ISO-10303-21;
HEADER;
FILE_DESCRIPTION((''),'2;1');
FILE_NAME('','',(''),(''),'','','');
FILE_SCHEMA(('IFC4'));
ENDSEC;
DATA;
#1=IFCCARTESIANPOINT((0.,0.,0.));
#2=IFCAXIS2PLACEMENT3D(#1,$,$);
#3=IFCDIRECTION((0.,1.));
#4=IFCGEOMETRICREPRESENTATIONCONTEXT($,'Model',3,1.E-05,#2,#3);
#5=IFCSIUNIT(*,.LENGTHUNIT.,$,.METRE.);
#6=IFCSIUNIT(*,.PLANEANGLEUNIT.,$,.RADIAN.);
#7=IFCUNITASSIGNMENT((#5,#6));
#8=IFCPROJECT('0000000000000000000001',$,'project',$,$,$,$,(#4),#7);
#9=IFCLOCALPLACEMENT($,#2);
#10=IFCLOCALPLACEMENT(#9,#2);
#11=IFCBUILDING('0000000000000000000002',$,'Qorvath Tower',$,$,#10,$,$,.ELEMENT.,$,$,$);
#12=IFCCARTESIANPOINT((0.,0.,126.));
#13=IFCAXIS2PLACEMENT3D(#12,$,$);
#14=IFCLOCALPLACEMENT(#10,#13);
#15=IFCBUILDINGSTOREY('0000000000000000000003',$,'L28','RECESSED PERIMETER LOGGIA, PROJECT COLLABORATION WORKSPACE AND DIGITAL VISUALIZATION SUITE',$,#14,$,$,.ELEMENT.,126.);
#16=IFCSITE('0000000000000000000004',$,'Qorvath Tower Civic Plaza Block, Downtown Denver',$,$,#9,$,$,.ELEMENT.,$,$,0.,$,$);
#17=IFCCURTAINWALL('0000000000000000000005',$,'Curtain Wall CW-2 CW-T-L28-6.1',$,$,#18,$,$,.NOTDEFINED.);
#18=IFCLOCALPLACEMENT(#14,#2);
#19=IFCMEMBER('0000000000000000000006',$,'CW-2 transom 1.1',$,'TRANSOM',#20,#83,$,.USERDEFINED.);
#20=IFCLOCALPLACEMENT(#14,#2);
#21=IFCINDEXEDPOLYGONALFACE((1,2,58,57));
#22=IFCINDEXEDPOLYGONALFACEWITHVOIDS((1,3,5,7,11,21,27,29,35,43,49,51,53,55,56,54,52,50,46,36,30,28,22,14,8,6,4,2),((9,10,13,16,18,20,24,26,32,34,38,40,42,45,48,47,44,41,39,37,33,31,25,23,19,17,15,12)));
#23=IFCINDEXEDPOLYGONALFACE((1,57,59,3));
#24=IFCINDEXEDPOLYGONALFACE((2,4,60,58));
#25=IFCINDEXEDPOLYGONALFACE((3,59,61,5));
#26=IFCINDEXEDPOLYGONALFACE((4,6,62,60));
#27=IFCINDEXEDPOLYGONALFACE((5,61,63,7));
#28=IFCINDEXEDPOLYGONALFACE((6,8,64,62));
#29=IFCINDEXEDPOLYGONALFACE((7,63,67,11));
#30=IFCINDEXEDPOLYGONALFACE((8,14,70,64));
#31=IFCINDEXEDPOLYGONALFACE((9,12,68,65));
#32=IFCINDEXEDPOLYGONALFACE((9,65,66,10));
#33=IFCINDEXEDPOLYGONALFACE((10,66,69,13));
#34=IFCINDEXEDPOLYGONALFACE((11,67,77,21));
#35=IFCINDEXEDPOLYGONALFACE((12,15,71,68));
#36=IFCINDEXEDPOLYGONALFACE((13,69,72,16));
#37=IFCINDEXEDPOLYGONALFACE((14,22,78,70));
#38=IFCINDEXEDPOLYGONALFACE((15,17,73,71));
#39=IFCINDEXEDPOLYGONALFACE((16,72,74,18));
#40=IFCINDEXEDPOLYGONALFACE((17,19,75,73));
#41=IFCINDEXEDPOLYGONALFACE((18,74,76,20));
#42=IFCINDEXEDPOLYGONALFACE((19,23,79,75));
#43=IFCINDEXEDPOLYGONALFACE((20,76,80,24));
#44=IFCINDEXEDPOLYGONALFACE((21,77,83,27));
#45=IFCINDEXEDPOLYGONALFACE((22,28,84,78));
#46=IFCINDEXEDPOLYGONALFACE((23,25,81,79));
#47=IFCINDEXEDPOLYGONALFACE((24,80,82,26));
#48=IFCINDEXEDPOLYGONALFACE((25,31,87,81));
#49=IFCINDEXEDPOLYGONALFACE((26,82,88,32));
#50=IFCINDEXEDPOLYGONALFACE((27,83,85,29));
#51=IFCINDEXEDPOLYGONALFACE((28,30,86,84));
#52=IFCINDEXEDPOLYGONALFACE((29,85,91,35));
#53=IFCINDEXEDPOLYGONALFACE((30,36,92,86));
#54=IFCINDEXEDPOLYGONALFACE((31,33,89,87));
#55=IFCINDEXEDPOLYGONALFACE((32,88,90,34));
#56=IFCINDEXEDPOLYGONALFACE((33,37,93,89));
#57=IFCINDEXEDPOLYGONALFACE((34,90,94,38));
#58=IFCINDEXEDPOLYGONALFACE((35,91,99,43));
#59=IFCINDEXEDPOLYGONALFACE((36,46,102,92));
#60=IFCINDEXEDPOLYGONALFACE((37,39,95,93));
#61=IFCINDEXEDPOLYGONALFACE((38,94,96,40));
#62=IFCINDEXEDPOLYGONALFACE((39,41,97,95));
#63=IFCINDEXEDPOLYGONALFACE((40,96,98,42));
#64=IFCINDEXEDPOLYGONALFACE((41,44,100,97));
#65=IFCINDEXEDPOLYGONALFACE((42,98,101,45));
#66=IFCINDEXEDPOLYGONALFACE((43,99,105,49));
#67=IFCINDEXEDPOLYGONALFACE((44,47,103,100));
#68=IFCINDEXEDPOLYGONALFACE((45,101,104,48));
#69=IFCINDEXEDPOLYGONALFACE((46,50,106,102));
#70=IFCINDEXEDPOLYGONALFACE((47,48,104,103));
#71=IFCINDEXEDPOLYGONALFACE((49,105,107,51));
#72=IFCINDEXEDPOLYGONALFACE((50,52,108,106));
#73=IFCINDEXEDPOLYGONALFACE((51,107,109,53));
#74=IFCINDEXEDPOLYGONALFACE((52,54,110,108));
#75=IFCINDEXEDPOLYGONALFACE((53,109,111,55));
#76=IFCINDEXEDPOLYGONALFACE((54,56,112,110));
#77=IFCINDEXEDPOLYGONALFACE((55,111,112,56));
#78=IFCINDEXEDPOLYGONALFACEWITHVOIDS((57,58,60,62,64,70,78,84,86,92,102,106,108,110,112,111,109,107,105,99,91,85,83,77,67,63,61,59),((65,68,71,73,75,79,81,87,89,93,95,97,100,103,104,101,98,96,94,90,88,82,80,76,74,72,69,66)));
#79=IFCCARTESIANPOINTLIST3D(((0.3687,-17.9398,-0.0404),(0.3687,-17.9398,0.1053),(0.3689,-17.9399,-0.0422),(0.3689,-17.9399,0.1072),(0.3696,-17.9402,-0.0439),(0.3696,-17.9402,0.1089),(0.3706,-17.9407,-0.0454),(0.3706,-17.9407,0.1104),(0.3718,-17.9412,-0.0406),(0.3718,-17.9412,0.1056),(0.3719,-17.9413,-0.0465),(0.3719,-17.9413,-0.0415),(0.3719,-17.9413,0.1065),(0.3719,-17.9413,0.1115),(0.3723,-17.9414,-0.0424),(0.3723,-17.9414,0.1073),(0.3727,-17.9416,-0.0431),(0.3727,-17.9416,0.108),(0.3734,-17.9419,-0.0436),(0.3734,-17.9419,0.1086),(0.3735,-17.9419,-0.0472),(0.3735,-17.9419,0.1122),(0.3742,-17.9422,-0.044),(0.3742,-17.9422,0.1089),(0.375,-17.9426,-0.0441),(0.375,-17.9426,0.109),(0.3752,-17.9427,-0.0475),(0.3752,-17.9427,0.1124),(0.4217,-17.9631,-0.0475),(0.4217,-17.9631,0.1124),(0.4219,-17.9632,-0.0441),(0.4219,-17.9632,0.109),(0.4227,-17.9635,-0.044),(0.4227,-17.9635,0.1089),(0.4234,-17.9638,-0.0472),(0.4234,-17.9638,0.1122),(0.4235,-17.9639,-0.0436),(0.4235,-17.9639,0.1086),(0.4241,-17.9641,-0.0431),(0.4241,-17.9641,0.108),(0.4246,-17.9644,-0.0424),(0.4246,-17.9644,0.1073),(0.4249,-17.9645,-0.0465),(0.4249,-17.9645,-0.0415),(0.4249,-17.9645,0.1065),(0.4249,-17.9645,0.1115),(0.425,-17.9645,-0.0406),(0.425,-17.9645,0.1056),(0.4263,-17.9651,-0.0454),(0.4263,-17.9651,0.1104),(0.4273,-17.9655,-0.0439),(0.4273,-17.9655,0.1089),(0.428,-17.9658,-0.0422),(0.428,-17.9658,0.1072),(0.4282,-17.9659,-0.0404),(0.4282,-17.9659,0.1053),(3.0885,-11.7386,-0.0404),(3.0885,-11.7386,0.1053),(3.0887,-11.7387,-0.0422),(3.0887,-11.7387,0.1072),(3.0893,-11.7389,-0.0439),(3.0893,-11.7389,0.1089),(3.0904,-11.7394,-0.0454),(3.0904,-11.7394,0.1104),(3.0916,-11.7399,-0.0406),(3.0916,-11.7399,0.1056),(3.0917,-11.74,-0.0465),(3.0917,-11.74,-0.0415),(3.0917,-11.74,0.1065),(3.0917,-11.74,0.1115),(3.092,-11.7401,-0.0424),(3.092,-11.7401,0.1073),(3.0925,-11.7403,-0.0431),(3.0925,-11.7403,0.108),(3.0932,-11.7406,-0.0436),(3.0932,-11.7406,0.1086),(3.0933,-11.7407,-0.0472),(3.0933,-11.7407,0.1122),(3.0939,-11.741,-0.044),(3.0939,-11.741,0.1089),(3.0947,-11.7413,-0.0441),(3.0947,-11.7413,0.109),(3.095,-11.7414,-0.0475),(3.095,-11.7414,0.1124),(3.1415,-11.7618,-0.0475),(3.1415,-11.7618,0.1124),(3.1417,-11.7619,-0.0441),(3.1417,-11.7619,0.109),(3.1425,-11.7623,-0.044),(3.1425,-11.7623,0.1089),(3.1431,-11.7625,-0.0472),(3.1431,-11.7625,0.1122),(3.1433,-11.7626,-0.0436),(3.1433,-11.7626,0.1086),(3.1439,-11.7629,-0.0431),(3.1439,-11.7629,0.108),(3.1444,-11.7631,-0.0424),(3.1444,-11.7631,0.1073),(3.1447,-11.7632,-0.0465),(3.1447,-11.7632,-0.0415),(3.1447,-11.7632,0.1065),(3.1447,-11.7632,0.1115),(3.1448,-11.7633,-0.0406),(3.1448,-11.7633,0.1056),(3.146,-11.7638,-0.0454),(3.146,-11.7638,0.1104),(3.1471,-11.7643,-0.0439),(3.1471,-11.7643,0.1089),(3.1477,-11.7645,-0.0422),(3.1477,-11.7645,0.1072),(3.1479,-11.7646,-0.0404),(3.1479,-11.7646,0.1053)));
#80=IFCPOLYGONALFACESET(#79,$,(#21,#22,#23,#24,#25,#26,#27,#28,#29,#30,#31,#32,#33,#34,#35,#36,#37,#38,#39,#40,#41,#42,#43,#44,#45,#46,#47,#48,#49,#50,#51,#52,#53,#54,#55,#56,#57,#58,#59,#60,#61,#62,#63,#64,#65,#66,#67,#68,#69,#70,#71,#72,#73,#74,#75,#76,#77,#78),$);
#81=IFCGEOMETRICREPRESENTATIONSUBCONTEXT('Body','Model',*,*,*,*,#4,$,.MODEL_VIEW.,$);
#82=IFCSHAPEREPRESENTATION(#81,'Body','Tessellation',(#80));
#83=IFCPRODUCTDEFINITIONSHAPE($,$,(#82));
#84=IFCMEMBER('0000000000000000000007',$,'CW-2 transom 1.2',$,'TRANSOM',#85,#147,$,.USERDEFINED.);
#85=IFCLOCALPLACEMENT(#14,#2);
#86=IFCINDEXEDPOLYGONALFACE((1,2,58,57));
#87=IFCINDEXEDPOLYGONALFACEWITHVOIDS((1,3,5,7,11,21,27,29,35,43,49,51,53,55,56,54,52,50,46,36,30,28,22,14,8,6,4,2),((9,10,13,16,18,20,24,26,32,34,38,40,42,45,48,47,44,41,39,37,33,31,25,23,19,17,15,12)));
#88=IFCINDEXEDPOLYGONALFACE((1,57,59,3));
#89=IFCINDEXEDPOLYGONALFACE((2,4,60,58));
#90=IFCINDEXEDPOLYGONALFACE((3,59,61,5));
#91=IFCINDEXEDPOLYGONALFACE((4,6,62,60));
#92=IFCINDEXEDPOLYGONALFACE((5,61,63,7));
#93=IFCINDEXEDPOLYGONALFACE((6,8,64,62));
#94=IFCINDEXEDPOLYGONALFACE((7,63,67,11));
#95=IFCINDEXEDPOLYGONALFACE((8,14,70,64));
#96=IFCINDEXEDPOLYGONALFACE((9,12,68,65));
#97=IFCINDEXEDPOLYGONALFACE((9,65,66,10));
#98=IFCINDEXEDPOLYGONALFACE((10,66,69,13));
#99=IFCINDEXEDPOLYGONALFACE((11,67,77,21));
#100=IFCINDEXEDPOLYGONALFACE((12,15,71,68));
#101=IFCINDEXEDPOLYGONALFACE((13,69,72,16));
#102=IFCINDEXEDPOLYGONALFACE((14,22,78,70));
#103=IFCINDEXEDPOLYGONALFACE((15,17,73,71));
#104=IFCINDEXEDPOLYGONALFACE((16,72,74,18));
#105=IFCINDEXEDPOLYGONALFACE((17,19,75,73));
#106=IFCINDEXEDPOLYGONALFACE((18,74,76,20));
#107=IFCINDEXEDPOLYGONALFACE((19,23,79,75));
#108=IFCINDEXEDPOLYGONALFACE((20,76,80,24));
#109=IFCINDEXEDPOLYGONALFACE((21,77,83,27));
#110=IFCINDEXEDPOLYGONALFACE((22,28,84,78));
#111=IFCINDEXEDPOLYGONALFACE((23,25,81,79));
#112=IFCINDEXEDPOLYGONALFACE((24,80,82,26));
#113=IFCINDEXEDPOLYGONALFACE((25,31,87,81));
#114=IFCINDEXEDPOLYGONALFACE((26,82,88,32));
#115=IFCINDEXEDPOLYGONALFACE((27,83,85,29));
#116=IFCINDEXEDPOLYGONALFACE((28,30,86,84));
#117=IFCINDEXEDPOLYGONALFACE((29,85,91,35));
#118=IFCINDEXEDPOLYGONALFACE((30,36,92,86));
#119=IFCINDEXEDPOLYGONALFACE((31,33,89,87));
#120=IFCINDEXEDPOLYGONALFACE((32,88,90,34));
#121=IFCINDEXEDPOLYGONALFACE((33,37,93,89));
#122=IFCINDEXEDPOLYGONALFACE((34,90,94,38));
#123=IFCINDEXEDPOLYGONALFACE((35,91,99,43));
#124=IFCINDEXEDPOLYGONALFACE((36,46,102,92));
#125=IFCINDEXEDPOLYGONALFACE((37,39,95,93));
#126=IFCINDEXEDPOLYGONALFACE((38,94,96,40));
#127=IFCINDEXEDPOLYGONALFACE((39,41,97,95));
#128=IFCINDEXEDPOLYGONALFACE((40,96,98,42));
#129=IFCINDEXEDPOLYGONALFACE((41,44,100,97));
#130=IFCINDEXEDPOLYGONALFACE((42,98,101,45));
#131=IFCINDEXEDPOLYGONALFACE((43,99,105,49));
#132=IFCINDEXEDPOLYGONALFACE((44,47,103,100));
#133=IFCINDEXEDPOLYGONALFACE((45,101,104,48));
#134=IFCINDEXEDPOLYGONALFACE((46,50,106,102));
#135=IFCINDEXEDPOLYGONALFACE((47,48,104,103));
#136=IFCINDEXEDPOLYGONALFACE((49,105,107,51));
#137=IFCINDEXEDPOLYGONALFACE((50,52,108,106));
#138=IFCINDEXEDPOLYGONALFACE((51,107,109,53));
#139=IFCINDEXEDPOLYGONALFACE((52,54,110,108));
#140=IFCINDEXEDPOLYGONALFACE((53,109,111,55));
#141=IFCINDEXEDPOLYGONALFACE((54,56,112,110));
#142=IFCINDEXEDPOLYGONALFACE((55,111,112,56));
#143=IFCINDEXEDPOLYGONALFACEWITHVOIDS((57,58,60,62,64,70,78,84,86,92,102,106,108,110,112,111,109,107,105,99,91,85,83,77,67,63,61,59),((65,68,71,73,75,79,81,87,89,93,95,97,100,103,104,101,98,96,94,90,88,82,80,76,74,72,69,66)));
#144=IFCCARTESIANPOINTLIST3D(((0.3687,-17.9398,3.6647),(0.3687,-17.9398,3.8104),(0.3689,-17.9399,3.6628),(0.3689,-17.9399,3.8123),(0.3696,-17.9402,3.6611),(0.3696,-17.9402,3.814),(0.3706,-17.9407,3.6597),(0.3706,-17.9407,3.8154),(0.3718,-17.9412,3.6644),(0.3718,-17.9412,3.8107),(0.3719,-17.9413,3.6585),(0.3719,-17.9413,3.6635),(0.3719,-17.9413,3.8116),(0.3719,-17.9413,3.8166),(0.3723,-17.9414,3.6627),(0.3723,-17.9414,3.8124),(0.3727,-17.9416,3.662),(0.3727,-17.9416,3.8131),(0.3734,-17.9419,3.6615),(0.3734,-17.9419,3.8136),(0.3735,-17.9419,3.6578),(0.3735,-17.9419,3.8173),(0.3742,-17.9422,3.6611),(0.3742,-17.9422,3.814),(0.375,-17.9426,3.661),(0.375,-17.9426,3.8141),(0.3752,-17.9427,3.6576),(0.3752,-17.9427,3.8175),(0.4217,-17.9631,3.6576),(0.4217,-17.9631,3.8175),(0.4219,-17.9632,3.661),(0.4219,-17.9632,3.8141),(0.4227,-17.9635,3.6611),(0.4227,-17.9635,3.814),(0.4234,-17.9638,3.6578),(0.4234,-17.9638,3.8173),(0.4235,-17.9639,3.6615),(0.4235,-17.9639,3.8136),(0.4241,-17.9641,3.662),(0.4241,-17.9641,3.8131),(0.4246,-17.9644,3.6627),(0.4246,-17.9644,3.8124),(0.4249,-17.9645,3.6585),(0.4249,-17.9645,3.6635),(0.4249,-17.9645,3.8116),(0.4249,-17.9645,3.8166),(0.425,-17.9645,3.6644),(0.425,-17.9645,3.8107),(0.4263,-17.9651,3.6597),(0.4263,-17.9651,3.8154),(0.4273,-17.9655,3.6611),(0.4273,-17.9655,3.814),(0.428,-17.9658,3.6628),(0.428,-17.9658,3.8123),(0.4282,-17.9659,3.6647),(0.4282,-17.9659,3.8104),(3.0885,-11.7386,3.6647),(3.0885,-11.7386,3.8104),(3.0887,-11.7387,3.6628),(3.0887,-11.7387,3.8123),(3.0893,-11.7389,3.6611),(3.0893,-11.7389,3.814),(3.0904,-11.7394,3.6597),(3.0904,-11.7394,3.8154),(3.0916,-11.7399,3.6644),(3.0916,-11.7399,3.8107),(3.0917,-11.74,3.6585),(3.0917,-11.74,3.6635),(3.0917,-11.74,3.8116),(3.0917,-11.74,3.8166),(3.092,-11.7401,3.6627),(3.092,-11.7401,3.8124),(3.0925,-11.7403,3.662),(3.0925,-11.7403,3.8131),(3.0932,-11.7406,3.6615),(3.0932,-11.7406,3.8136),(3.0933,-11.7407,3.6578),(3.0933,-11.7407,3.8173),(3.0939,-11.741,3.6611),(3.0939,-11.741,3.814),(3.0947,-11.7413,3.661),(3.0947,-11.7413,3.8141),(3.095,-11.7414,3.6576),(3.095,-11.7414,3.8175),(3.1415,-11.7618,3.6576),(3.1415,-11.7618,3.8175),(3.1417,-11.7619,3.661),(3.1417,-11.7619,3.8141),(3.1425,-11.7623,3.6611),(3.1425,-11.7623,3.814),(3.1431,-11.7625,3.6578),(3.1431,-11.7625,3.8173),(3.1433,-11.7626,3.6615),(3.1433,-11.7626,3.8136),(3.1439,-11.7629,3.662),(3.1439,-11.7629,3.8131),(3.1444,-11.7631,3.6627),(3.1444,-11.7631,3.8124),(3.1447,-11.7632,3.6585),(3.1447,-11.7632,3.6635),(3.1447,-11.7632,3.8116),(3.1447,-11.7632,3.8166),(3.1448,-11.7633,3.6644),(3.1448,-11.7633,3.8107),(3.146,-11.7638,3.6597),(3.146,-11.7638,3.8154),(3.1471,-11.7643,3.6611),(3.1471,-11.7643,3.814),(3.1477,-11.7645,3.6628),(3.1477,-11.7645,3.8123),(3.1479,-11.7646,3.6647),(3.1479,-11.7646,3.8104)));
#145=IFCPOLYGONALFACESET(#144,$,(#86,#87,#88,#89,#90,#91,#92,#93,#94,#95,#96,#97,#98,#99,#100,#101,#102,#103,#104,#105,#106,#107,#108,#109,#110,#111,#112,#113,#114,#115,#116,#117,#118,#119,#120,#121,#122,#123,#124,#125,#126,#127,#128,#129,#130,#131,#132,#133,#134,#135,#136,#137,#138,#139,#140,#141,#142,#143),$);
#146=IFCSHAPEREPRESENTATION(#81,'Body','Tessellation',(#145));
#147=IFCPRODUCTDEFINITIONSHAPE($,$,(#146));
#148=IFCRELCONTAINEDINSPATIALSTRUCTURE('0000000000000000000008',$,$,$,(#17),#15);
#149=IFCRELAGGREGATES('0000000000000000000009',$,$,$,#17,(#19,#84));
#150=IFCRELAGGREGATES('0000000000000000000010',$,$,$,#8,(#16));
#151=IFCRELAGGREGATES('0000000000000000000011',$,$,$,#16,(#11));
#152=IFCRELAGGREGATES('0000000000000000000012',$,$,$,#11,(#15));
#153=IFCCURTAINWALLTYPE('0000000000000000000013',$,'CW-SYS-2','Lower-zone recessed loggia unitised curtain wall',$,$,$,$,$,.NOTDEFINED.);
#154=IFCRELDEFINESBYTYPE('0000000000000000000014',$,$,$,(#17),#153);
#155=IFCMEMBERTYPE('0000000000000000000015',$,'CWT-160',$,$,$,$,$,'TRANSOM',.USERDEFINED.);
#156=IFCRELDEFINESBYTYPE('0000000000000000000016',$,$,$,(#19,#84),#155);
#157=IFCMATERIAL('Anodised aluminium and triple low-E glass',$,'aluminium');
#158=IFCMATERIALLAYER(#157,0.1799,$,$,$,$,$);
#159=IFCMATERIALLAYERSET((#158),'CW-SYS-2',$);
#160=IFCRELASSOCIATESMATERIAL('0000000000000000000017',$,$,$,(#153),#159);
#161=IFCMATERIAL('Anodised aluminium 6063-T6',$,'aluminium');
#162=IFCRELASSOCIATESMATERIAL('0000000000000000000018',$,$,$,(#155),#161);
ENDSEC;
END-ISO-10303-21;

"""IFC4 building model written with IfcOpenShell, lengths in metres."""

from ifc_helpers import new_model, si_unit, direction, frame, origin, origin_2d, place, context, subcontext, project, spatial, hollow_rectangle, extrude, material, layer, layer_set, material_profile, profile_set, type_object, element, aggregate, save


model = new_model("IFC4")

# Units and contexts
model_context = context("Model", 3, precision=1e-05, world=origin(), true_north=direction((0.0, 1.0)))
body_context = subcontext(model_context, "Body", "Model", "MODEL_VIEW")
ifc_project = project(units=[si_unit("LENGTHUNIT", "METRE"), si_unit("PLANEANGLEUNIT", "RADIAN")], contexts=[model_context])

# Site, building, storey
site_placement = place(None, origin())
site = spatial("IfcSite", under=ifc_project, at=site_placement, Name="Qorvath Tower Civic Plaza Block, Downtown Denver", CompositionType="ELEMENT", RefElevation=0.0)
building_placement = place(site_placement, origin())
building = spatial("IfcBuilding", under=site, at=building_placement, Name="Qorvath Tower", CompositionType="ELEMENT")
storey_placement = place(building_placement, frame((0.0, 0.0, 126.0)))
storey = spatial("IfcBuildingStorey", under=building, at=storey_placement, Name="L28", Description="RECESSED PERIMETER LOGGIA, PROJECT COLLABORATION WORKSPACE AND DIGITAL VISUALIZATION SUITE", CompositionType="ELEMENT", Elevation=126.0)

# Curtain wall
ifc_material_1 = material(Name="Anodised aluminium and triple low-E glass", Category="aluminium")
ifc_layer_1 = layer(ifc_material_1, 0.1799)
ifc_layer_set_1 = layer_set([ifc_layer_1], Name="CW-SYS-2")
curtain_wall_type = type_object("IfcCurtainWallType", Name="CW-SYS-2", Description="Lower-zone recessed loggia unitised curtain wall", PredefinedType="NOTDEFINED", material=ifc_layer_set_1)
curtain_wall_1_placement = place(storey_placement, origin())
curtain_wall_1 = element("IfcCurtainWall", 1, at=curtain_wall_1_placement, inside=storey, type_object=curtain_wall_type, Name="Curtain Wall CW-2 CW-T-L28-6.1", PredefinedType="NOTDEFINED")

# Members
ifc_material_2 = material(Name="Anodised aluminium 6063-T6", Category="aluminium")
ifc_material_profile_1 = material_profile(ifc_material_2, hollow_rectangle(XDim=0.0649, YDim=0.1599, WallThickness=0.0034, InnerFilletRadius=0.0034, OuterFilletRadius=0.0071, at=origin_2d()), Name="CWT 160x65")
ifc_profile_set_1 = profile_set([ifc_material_profile_1], Name="Anodised aluminium 6063-T6")
member_type_1 = type_object("IfcMemberType", Name="CWT-160", ElementType="TRANSOM", PredefinedType="USERDEFINED", material=ifc_profile_set_1)
member_1_placement = place(storey_placement, frame((0.3984, -17.9529, 0.0325), z_axis=(0.401651, 0.915793, 0.0), x_axis=(-0.915793, 0.401651, 0.0)))
member_1 = element("IfcMember", 2, at=member_1_placement, type_object=member_type_1, Name="CW-2 transom 1.1", ObjectType="TRANSOM", PredefinedType="USERDEFINED", context=body_context, shape_type="SweptSolid", body=[
    extrude(hollow_rectangle(XDim=0.0649, YDim=0.1599, WallThickness=0.0034, InnerFilletRadius=0.0034, OuterFilletRadius=0.0071, at=origin_2d()), origin(), (0.0, 0.0, 1.0), 6.7715),
])
member_2_placement = place(storey_placement, frame((0.3984, -17.9529, 3.7375), z_axis=(0.401651, 0.915793, 0.0), x_axis=(-0.915793, 0.401651, 0.0)))
member_2 = element("IfcMember", 3, at=member_2_placement, type_object=member_type_1, Name="CW-2 transom 1.2", ObjectType="TRANSOM", PredefinedType="USERDEFINED", context=body_context, shape_type="SweptSolid", body=[
    extrude(hollow_rectangle(XDim=0.0649, YDim=0.1599, WallThickness=0.0034, InnerFilletRadius=0.0034, OuterFilletRadius=0.0071, at=origin_2d()), origin(), (0.0, 0.0, 1.0), 6.7715),
])

aggregate(curtain_wall_1, [member_1, member_2])

save(model, "model.ifc")
